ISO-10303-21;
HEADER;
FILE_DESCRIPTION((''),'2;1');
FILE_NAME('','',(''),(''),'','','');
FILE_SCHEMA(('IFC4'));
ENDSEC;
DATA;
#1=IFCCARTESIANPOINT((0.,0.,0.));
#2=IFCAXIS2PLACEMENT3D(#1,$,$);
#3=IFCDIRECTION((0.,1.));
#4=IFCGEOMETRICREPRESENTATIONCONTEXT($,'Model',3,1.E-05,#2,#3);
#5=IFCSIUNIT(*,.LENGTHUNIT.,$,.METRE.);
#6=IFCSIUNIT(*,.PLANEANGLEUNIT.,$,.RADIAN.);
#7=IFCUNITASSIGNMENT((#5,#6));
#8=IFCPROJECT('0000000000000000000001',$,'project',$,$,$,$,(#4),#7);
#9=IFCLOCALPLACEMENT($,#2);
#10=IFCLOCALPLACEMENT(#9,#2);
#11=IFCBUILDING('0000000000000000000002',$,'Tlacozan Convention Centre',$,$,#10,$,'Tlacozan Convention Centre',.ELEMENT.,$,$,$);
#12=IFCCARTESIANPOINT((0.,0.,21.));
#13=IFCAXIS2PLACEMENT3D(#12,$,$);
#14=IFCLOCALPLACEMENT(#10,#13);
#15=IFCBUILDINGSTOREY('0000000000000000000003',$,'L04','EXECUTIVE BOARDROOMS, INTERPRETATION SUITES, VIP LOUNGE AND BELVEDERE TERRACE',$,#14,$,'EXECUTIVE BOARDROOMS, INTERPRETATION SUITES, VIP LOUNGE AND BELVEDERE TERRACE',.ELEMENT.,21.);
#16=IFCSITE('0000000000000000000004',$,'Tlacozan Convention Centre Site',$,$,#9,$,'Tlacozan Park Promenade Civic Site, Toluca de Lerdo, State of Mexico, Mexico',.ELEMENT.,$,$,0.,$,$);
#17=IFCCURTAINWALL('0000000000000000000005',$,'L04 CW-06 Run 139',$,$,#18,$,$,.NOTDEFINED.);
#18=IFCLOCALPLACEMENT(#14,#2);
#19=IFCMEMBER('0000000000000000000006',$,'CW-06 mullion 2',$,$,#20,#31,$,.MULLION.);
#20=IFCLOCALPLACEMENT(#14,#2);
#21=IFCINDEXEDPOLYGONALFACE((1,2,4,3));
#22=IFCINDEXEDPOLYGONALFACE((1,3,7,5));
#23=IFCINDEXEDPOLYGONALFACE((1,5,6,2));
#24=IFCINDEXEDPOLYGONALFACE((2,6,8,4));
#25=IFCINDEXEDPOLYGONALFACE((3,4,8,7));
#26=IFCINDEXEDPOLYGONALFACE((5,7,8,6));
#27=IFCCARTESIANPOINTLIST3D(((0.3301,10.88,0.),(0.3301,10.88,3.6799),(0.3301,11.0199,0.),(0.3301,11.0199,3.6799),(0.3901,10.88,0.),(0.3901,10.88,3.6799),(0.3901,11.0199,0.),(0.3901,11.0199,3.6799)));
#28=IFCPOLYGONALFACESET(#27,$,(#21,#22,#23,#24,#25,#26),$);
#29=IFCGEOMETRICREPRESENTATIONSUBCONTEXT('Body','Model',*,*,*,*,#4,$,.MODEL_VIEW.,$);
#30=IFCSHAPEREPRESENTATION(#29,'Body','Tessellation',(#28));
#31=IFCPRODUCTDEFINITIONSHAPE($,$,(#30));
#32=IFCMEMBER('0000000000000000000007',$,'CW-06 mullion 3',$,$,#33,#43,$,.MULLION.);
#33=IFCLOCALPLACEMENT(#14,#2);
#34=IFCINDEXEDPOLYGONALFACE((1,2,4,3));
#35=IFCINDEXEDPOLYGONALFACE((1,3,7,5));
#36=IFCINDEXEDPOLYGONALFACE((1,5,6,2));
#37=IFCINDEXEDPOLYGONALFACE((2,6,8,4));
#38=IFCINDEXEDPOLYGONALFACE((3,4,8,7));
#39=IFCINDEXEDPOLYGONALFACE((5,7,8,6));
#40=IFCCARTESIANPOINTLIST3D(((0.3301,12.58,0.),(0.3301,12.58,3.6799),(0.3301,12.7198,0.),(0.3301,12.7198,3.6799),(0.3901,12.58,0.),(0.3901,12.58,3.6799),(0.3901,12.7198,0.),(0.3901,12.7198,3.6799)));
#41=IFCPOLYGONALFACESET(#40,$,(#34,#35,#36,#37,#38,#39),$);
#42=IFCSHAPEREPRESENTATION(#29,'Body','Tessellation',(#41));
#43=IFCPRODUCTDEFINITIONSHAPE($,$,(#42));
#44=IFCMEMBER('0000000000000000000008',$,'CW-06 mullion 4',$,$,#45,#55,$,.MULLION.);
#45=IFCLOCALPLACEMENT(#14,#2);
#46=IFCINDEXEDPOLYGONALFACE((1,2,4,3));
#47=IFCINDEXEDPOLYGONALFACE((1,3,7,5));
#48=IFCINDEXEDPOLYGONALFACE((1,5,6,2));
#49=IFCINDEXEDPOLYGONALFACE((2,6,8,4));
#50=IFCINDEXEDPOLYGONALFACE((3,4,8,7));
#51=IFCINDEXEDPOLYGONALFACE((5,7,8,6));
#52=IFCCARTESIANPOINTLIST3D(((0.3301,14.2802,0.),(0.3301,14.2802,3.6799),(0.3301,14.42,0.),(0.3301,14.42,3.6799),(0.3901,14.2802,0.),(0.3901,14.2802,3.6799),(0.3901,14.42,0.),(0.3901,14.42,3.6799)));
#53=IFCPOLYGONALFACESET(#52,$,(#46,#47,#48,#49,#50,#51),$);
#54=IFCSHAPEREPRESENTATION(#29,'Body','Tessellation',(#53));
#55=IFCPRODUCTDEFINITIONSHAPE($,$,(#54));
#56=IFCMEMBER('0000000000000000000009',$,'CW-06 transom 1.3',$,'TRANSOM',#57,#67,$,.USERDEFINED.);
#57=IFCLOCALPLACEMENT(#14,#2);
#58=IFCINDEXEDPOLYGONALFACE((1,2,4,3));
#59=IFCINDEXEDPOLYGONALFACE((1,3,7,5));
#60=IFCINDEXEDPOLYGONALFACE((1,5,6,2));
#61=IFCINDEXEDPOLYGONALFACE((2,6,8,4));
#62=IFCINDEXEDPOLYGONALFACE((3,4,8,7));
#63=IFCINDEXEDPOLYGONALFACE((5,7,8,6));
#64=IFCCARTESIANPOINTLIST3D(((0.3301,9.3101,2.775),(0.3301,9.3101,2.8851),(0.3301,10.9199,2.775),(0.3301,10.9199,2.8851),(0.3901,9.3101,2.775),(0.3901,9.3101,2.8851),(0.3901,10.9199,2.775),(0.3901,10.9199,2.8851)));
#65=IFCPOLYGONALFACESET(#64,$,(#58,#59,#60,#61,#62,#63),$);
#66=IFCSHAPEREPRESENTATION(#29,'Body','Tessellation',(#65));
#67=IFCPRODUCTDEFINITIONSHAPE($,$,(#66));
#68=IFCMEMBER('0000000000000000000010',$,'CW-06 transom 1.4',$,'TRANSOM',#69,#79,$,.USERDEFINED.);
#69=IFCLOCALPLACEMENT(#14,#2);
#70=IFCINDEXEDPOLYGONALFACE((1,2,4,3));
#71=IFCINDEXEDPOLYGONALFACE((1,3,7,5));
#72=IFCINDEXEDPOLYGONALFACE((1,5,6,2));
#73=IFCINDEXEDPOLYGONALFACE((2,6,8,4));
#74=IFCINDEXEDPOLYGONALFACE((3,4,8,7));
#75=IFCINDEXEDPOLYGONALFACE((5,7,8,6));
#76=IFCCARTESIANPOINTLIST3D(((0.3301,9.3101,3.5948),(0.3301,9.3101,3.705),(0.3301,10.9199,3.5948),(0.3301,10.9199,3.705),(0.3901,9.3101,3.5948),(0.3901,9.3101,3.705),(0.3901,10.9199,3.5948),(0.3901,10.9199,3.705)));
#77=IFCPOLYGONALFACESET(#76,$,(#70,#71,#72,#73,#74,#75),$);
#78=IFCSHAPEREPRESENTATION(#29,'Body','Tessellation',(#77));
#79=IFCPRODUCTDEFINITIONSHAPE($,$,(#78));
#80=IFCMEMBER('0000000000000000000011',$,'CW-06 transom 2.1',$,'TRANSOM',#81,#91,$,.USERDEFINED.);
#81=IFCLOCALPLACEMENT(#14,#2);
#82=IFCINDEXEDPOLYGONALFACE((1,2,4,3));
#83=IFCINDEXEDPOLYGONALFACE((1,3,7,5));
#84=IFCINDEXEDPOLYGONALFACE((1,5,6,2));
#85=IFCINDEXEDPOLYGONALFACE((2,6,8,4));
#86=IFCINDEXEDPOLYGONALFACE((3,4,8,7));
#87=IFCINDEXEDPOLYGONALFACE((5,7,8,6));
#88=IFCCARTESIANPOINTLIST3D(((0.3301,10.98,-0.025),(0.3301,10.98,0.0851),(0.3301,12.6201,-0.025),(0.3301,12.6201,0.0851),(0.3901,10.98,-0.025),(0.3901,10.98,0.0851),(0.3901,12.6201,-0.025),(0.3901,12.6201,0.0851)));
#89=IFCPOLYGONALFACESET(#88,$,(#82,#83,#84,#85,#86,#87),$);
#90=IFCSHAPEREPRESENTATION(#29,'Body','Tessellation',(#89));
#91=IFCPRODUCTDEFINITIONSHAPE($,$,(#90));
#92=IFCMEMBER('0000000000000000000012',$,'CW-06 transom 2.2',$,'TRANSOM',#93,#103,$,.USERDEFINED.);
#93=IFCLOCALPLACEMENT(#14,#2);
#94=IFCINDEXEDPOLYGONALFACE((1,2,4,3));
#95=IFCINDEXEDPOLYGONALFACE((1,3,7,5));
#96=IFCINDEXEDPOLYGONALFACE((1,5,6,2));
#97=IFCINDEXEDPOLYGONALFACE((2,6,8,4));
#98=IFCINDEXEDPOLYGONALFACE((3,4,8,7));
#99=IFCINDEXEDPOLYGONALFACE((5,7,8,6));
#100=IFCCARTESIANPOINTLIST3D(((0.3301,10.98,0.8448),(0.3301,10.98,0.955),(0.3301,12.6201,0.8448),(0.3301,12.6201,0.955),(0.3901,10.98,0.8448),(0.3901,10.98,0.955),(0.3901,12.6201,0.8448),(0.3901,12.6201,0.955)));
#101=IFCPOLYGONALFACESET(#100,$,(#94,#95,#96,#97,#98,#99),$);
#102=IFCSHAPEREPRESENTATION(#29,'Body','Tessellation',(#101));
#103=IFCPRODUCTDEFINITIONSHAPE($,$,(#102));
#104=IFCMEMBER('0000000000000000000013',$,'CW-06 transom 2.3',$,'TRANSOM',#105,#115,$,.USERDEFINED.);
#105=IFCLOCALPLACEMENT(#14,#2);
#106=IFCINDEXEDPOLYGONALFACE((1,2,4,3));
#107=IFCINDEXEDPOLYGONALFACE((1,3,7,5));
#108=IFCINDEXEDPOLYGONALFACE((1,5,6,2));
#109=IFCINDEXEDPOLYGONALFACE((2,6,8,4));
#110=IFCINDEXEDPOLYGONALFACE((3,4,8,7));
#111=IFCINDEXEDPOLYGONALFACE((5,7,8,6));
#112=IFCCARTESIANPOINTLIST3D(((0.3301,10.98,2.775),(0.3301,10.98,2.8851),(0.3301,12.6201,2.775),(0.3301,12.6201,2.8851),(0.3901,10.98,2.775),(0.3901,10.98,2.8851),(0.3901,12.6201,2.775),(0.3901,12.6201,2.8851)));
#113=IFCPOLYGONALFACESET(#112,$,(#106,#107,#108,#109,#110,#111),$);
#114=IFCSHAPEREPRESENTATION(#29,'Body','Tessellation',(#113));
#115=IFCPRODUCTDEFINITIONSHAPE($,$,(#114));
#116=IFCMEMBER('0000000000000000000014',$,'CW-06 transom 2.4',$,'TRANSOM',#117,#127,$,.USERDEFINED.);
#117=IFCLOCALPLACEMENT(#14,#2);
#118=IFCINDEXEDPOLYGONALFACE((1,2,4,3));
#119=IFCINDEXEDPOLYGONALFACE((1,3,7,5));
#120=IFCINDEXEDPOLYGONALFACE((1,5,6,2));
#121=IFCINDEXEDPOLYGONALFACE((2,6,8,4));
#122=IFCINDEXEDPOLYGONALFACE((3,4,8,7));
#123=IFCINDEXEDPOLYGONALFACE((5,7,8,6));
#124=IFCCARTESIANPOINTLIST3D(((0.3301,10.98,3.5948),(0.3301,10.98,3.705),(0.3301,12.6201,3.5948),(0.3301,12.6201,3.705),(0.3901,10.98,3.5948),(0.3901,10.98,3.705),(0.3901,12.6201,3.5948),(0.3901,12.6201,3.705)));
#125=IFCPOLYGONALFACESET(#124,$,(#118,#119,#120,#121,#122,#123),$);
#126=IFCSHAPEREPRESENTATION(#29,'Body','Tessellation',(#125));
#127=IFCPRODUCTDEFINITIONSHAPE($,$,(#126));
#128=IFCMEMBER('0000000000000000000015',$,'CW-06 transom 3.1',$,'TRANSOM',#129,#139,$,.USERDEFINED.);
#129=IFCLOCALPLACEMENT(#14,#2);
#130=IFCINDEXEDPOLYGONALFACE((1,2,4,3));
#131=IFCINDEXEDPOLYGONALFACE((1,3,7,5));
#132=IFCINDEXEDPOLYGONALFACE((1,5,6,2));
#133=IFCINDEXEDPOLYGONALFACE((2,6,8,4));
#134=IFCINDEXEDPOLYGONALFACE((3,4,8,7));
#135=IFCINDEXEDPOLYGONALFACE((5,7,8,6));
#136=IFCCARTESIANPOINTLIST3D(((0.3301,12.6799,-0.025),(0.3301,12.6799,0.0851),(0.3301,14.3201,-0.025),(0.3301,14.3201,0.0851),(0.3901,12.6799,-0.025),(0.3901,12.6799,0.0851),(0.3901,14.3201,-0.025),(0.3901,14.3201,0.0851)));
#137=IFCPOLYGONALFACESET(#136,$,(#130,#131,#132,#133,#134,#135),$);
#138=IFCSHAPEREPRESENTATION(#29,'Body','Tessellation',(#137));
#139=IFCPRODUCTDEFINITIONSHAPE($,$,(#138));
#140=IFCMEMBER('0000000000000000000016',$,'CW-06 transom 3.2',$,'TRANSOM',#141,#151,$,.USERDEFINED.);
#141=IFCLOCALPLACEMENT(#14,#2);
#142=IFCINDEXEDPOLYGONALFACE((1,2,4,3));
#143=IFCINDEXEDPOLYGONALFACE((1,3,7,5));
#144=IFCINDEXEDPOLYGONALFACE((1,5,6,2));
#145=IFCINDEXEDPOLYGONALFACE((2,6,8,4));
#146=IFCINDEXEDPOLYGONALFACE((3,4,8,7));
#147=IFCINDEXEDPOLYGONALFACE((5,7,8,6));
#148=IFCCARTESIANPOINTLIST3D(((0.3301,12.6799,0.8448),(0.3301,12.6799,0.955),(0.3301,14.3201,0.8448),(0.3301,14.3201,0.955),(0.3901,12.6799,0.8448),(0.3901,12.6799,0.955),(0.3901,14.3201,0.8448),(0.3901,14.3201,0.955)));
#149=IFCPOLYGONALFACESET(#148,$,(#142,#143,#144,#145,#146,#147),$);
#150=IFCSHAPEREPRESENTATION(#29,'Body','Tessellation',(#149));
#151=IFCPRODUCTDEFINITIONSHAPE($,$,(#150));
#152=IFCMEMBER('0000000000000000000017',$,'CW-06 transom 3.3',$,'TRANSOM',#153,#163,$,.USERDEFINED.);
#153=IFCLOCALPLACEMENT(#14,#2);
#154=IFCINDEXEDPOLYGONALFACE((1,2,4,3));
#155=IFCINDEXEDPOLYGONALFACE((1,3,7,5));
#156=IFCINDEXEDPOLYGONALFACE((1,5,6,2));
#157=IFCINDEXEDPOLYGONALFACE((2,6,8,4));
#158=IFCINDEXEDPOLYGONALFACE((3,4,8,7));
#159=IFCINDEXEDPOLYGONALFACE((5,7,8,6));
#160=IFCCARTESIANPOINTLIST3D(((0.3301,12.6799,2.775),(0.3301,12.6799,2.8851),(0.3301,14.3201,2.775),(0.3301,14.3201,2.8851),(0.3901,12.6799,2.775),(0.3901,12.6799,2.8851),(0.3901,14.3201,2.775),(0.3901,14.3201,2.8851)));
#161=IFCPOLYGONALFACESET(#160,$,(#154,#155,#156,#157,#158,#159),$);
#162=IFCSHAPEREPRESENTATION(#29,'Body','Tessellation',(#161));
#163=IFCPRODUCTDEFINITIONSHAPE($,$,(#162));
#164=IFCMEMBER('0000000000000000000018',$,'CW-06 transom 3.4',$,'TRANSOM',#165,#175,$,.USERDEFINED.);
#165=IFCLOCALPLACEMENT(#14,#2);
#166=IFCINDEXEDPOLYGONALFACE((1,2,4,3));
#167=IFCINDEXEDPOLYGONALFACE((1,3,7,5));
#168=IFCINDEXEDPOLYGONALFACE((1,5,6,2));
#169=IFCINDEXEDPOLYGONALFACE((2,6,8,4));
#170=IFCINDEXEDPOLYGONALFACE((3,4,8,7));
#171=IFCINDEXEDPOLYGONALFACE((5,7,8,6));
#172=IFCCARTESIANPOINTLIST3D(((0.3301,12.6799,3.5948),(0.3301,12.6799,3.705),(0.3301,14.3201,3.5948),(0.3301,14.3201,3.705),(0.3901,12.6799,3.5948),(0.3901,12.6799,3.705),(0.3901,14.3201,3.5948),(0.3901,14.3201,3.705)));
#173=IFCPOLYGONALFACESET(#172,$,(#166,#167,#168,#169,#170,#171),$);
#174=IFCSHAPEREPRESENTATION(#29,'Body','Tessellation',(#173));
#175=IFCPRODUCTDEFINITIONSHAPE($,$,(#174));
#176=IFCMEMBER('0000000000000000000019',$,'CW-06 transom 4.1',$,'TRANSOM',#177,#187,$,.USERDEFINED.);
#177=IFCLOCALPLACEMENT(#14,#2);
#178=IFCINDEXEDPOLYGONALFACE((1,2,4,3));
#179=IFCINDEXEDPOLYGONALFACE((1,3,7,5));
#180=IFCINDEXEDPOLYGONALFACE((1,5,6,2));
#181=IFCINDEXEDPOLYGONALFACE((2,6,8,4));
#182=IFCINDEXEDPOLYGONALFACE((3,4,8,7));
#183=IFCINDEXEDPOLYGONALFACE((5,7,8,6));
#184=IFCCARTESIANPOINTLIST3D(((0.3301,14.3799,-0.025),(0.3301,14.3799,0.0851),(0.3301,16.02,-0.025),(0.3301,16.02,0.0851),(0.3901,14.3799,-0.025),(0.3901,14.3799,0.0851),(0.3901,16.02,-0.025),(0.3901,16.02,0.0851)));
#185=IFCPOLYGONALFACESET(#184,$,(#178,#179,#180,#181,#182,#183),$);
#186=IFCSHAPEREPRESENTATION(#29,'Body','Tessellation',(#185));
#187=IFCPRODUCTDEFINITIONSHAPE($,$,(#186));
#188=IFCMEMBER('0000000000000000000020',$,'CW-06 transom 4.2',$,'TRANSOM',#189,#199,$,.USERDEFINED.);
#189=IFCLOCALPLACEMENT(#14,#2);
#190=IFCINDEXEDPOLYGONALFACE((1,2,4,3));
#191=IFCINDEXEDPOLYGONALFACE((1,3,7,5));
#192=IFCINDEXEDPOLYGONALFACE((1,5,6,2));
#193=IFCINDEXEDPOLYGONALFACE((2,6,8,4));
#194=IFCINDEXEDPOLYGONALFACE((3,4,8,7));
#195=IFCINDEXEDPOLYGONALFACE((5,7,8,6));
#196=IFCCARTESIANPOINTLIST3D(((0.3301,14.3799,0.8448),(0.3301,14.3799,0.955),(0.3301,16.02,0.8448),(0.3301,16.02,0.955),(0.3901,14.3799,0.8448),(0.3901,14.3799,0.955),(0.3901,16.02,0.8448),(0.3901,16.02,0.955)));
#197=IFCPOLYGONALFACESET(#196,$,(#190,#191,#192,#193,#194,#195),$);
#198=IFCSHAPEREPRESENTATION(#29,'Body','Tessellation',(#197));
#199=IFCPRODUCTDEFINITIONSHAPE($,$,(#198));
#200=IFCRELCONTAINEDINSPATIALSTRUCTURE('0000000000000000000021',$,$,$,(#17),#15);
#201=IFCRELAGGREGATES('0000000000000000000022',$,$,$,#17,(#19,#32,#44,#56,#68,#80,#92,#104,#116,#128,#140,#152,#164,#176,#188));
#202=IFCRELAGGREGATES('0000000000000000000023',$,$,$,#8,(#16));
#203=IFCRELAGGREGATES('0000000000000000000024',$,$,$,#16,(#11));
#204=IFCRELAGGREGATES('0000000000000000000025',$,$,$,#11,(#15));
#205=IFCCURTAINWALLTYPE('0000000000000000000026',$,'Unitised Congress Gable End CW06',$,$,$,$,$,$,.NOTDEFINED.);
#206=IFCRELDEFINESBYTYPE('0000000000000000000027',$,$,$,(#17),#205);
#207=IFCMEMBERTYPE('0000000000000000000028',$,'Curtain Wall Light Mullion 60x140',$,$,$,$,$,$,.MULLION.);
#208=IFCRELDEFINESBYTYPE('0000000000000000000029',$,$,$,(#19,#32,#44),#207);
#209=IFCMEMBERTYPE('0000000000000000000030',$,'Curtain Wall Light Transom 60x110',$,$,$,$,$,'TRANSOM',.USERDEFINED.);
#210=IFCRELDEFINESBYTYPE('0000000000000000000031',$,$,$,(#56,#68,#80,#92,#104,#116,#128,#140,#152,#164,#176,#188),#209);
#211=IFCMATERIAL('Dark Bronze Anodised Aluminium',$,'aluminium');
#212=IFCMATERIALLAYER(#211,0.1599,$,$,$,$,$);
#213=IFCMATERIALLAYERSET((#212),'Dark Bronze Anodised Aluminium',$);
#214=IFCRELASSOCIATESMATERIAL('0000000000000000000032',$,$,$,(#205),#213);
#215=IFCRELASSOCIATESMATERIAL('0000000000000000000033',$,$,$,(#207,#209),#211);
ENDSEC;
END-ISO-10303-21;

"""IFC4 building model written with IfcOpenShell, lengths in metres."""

from ifc_helpers import new_model, si_unit, direction, frame, origin, origin_2d, place, context, subcontext, project, spatial, rectangle, extrude, material, layer, layer_set, material_profile, profile_set, type_object, element, aggregate, save


model = new_model("IFC4")

# Units and contexts
model_context = context("Model", 3, precision=1e-05, world=origin(), true_north=direction((0.0, 1.0)))
body_context = subcontext(model_context, "Body", "Model", "MODEL_VIEW")
ifc_project = project(units=[si_unit("LENGTHUNIT", "METRE"), si_unit("PLANEANGLEUNIT", "RADIAN")], contexts=[model_context])

# Site, building, storey
site_placement = place(None, origin())
site = spatial("IfcSite", under=ifc_project, at=site_placement, Name="Tlacozan Convention Centre Site", LongName="Tlacozan Park Promenade Civic Site, Toluca de Lerdo, State of Mexico, Mexico", CompositionType="ELEMENT", RefElevation=0.0)
building_placement = place(site_placement, origin())
building = spatial("IfcBuilding", under=site, at=building_placement, Name="Tlacozan Convention Centre", LongName="Tlacozan Convention Centre", CompositionType="ELEMENT")
storey_placement = place(building_placement, frame((0.0, 0.0, 21.0)))
storey = spatial("IfcBuildingStorey", under=building, at=storey_placement, Name="L04", Description="EXECUTIVE BOARDROOMS, INTERPRETATION SUITES, VIP LOUNGE AND BELVEDERE TERRACE", LongName="EXECUTIVE BOARDROOMS, INTERPRETATION SUITES, VIP LOUNGE AND BELVEDERE TERRACE", CompositionType="ELEMENT", Elevation=21.0)

# Curtain wall, members
ifc_material_1 = material(Name="Dark Bronze Anodised Aluminium", Category="aluminium")
ifc_layer_1 = layer(ifc_material_1, 0.1599)
ifc_layer_set_1 = layer_set([ifc_layer_1], Name="Dark Bronze Anodised Aluminium")
curtain_wall_type = type_object("IfcCurtainWallType", Name="Unitised Congress Gable End CW06", PredefinedType="NOTDEFINED", material=ifc_layer_set_1)
curtain_wall_placement = place(storey_placement, origin())
curtain_wall = element("IfcCurtainWall", 1, at=curtain_wall_placement, inside=storey, type_object=curtain_wall_type, Name="L04 CW-06 Run 139", PredefinedType="NOTDEFINED")
ifc_material_profile_1 = material_profile(ifc_material_1, rectangle(XDim=0.0601, YDim=0.1399, at=origin_2d()), Name="ALU 60x140")
ifc_profile_set_1 = profile_set([ifc_material_profile_1], Name="Dark Bronze Anodised Aluminium")
member_type_1 = type_object("IfcMemberType", Name="Curtain Wall Light Mullion 60x140", PredefinedType="MULLION", material=ifc_profile_set_1)
member_1_placement = place(storey_placement, frame((0.3601, 10.95, 0.0), z_axis=(0.0, 0.0, 1.0), x_axis=(-1.0, 0.0, 0.0)))
member_1 = element("IfcMember", 2, at=member_1_placement, type_object=member_type_1, Name="CW-06 mullion 2", PredefinedType="MULLION", context=body_context, shape_type="SweptSolid", body=[
    extrude(rectangle(XDim=0.0601, YDim=0.1399, at=origin_2d()), origin(), (0.0, 0.0, 1.0), 3.6799),
])
member_2_placement = place(storey_placement, frame((0.3601, 12.6499, 0.0), z_axis=(0.0, 0.0, 1.0), x_axis=(-1.0, 0.0, 0.0)))
member_2 = element("IfcMember", 3, at=member_2_placement, type_object=member_type_1, Name="CW-06 mullion 3", PredefinedType="MULLION", context=body_context, shape_type="SweptSolid", body=[
    extrude(rectangle(XDim=0.0601, YDim=0.1399, at=origin_2d()), origin(), (0.0, 0.0, 1.0), 3.6799),
])
member_3_placement = place(storey_placement, frame((0.3601, 14.3501, 0.0), z_axis=(0.0, 0.0, 1.0), x_axis=(-1.0, 0.0, 0.0)))
member_3 = element("IfcMember", 4, at=member_3_placement, type_object=member_type_1, Name="CW-06 mullion 4", PredefinedType="MULLION", context=body_context, shape_type="SweptSolid", body=[
    extrude(rectangle(XDim=0.0601, YDim=0.1399, at=origin_2d()), origin(), (0.0, 0.0, 1.0), 3.6799),
])
ifc_material_profile_2 = material_profile(ifc_material_1, rectangle(XDim=0.0601, YDim=0.1101, at=origin_2d()), Name="ALU 60x110")
ifc_profile_set_2 = profile_set([ifc_material_profile_2], Name="Dark Bronze Anodised Aluminium")
member_type_2 = type_object("IfcMemberType", Name="Curtain Wall Light Transom 60x110", ElementType="TRANSOM", PredefinedType="USERDEFINED", material=ifc_profile_set_2)
member_4_placement = place(storey_placement, frame((0.3601, 9.3101, 2.8301), z_axis=(0.0, 1.0, 0.0), x_axis=(-1.0, 0.0, 0.0)))
member_4 = element("IfcMember", 5, at=member_4_placement, type_object=member_type_2, Name="CW-06 transom 1.3", ObjectType="TRANSOM", PredefinedType="USERDEFINED", context=body_context, shape_type="SweptSolid", body=[
    extrude(rectangle(XDim=0.0601, YDim=0.1101, at=origin_2d()), origin(), (0.0, 0.0, 1.0), 1.6099),
])
member_5_placement = place(storey_placement, frame((0.3601, 9.3101, 3.6499), z_axis=(0.0, 1.0, 0.0), x_axis=(-1.0, 0.0, 0.0)))
member_5 = element("IfcMember", 6, at=member_5_placement, type_object=member_type_2, Name="CW-06 transom 1.4", ObjectType="TRANSOM", PredefinedType="USERDEFINED", context=body_context, shape_type="SweptSolid", body=[
    extrude(rectangle(XDim=0.0601, YDim=0.1101, at=origin_2d()), origin(), (0.0, 0.0, 1.0), 1.6099),
])
member_6_placement = place(storey_placement, frame((0.3601, 10.98, 0.03), z_axis=(0.0, 1.0, 0.0), x_axis=(-1.0, 0.0, 0.0)))
member_6 = element("IfcMember", 7, at=member_6_placement, type_object=member_type_2, Name="CW-06 transom 2.1", ObjectType="TRANSOM", PredefinedType="USERDEFINED", context=body_context, shape_type="SweptSolid", body=[
    extrude(rectangle(XDim=0.0601, YDim=0.1101, at=origin_2d()), origin(), (0.0, 0.0, 1.0), 1.6401),
])
member_7_placement = place(storey_placement, frame((0.3601, 10.98, 0.8999), z_axis=(0.0, 1.0, 0.0), x_axis=(-1.0, 0.0, 0.0)))
member_7 = element("IfcMember", 8, at=member_7_placement, type_object=member_type_2, Name="CW-06 transom 2.2", ObjectType="TRANSOM", PredefinedType="USERDEFINED", context=body_context, shape_type="SweptSolid", body=[
    extrude(rectangle(XDim=0.0601, YDim=0.1101, at=origin_2d()), origin(), (0.0, 0.0, 1.0), 1.6401),
])
member_8_placement = place(storey_placement, frame((0.3601, 10.98, 2.8301), z_axis=(0.0, 1.0, 0.0), x_axis=(-1.0, 0.0, 0.0)))
member_8 = element("IfcMember", 9, at=member_8_placement, type_object=member_type_2, Name="CW-06 transom 2.3", ObjectType="TRANSOM", PredefinedType="USERDEFINED", context=body_context, shape_type="SweptSolid", body=[
    extrude(rectangle(XDim=0.0601, YDim=0.1101, at=origin_2d()), origin(), (0.0, 0.0, 1.0), 1.6401),
])
member_9_placement = place(storey_placement, frame((0.3601, 10.98, 3.6499), z_axis=(0.0, 1.0, 0.0), x_axis=(-1.0, 0.0, 0.0)))
member_9 = element("IfcMember", 10, at=member_9_placement, type_object=member_type_2, Name="CW-06 transom 2.4", ObjectType="TRANSOM", PredefinedType="USERDEFINED", context=body_context, shape_type="SweptSolid", body=[
    extrude(rectangle(XDim=0.0601, YDim=0.1101, at=origin_2d()), origin(), (0.0, 0.0, 1.0), 1.6401),
])
member_10_placement = place(storey_placement, frame((0.3601, 12.6799, 0.03), z_axis=(0.0, 1.0, 0.0), x_axis=(-1.0, 0.0, 0.0)))
member_10 = element("IfcMember", 11, at=member_10_placement, type_object=member_type_2, Name="CW-06 transom 3.1", ObjectType="TRANSOM", PredefinedType="USERDEFINED", context=body_context, shape_type="SweptSolid", body=[
    extrude(rectangle(XDim=0.0601, YDim=0.1101, at=origin_2d()), origin(), (0.0, 0.0, 1.0), 1.6401),
])
member_11_placement = place(storey_placement, frame((0.3601, 12.6799, 0.8999), z_axis=(0.0, 1.0, 0.0), x_axis=(-1.0, 0.0, 0.0)))
member_11 = element("IfcMember", 12, at=member_11_placement, type_object=member_type_2, Name="CW-06 transom 3.2", ObjectType="TRANSOM", PredefinedType="USERDEFINED", context=body_context, shape_type="SweptSolid", body=[
    extrude(rectangle(XDim=0.0601, YDim=0.1101, at=origin_2d()), origin(), (0.0, 0.0, 1.0), 1.6401),
])
member_12_placement = place(storey_placement, frame((0.3601, 12.6799, 2.8301), z_axis=(0.0, 1.0, 0.0), x_axis=(-1.0, 0.0, 0.0)))
member_12 = element("IfcMember", 13, at=member_12_placement, type_object=member_type_2, Name="CW-06 transom 3.3", ObjectType="TRANSOM", PredefinedType="USERDEFINED", context=body_context, shape_type="SweptSolid", body=[
    extrude(rectangle(XDim=0.0601, YDim=0.1101, at=origin_2d()), origin(), (0.0, 0.0, 1.0), 1.6401),
])
member_13_placement = place(storey_placement, frame((0.3601, 12.6799, 3.6499), z_axis=(0.0, 1.0, 0.0), x_axis=(-1.0, 0.0, 0.0)))
member_13 = element("IfcMember", 14, at=member_13_placement, type_object=member_type_2, Name="CW-06 transom 3.4", ObjectType="TRANSOM", PredefinedType="USERDEFINED", context=body_context, shape_type="SweptSolid", body=[
    extrude(rectangle(XDim=0.0601, YDim=0.1101, at=origin_2d()), origin(), (0.0, 0.0, 1.0), 1.6401),
])
member_14_placement = place(storey_placement, frame((0.3601, 14.3799, 0.03), z_axis=(0.0, 1.0, 0.0), x_axis=(-1.0, 0.0, 0.0)))
member_14 = element("IfcMember", 15, at=member_14_placement, type_object=member_type_2, Name="CW-06 transom 4.1", ObjectType="TRANSOM", PredefinedType="USERDEFINED", context=body_context, shape_type="SweptSolid", body=[
    extrude(rectangle(XDim=0.0601, YDim=0.1101, at=origin_2d()), origin(), (0.0, 0.0, 1.0), 1.6401),
])
member_15_placement = place(storey_placement, frame((0.3601, 14.3799, 0.8999), z_axis=(0.0, 1.0, 0.0), x_axis=(-1.0, 0.0, 0.0)))
member_15 = element("IfcMember", 16, at=member_15_placement, type_object=member_type_2, Name="CW-06 transom 4.2", ObjectType="TRANSOM", PredefinedType="USERDEFINED", context=body_context, shape_type="SweptSolid", body=[
    extrude(rectangle(XDim=0.0601, YDim=0.1101, at=origin_2d()), origin(), (0.0, 0.0, 1.0), 1.6401),
])

aggregate(curtain_wall, [member_1, member_2, member_3, member_4, member_5, member_6, member_7, member_8, member_9, member_10, member_11, member_12, member_13, member_14, member_15])

save(model, "model.ifc")
